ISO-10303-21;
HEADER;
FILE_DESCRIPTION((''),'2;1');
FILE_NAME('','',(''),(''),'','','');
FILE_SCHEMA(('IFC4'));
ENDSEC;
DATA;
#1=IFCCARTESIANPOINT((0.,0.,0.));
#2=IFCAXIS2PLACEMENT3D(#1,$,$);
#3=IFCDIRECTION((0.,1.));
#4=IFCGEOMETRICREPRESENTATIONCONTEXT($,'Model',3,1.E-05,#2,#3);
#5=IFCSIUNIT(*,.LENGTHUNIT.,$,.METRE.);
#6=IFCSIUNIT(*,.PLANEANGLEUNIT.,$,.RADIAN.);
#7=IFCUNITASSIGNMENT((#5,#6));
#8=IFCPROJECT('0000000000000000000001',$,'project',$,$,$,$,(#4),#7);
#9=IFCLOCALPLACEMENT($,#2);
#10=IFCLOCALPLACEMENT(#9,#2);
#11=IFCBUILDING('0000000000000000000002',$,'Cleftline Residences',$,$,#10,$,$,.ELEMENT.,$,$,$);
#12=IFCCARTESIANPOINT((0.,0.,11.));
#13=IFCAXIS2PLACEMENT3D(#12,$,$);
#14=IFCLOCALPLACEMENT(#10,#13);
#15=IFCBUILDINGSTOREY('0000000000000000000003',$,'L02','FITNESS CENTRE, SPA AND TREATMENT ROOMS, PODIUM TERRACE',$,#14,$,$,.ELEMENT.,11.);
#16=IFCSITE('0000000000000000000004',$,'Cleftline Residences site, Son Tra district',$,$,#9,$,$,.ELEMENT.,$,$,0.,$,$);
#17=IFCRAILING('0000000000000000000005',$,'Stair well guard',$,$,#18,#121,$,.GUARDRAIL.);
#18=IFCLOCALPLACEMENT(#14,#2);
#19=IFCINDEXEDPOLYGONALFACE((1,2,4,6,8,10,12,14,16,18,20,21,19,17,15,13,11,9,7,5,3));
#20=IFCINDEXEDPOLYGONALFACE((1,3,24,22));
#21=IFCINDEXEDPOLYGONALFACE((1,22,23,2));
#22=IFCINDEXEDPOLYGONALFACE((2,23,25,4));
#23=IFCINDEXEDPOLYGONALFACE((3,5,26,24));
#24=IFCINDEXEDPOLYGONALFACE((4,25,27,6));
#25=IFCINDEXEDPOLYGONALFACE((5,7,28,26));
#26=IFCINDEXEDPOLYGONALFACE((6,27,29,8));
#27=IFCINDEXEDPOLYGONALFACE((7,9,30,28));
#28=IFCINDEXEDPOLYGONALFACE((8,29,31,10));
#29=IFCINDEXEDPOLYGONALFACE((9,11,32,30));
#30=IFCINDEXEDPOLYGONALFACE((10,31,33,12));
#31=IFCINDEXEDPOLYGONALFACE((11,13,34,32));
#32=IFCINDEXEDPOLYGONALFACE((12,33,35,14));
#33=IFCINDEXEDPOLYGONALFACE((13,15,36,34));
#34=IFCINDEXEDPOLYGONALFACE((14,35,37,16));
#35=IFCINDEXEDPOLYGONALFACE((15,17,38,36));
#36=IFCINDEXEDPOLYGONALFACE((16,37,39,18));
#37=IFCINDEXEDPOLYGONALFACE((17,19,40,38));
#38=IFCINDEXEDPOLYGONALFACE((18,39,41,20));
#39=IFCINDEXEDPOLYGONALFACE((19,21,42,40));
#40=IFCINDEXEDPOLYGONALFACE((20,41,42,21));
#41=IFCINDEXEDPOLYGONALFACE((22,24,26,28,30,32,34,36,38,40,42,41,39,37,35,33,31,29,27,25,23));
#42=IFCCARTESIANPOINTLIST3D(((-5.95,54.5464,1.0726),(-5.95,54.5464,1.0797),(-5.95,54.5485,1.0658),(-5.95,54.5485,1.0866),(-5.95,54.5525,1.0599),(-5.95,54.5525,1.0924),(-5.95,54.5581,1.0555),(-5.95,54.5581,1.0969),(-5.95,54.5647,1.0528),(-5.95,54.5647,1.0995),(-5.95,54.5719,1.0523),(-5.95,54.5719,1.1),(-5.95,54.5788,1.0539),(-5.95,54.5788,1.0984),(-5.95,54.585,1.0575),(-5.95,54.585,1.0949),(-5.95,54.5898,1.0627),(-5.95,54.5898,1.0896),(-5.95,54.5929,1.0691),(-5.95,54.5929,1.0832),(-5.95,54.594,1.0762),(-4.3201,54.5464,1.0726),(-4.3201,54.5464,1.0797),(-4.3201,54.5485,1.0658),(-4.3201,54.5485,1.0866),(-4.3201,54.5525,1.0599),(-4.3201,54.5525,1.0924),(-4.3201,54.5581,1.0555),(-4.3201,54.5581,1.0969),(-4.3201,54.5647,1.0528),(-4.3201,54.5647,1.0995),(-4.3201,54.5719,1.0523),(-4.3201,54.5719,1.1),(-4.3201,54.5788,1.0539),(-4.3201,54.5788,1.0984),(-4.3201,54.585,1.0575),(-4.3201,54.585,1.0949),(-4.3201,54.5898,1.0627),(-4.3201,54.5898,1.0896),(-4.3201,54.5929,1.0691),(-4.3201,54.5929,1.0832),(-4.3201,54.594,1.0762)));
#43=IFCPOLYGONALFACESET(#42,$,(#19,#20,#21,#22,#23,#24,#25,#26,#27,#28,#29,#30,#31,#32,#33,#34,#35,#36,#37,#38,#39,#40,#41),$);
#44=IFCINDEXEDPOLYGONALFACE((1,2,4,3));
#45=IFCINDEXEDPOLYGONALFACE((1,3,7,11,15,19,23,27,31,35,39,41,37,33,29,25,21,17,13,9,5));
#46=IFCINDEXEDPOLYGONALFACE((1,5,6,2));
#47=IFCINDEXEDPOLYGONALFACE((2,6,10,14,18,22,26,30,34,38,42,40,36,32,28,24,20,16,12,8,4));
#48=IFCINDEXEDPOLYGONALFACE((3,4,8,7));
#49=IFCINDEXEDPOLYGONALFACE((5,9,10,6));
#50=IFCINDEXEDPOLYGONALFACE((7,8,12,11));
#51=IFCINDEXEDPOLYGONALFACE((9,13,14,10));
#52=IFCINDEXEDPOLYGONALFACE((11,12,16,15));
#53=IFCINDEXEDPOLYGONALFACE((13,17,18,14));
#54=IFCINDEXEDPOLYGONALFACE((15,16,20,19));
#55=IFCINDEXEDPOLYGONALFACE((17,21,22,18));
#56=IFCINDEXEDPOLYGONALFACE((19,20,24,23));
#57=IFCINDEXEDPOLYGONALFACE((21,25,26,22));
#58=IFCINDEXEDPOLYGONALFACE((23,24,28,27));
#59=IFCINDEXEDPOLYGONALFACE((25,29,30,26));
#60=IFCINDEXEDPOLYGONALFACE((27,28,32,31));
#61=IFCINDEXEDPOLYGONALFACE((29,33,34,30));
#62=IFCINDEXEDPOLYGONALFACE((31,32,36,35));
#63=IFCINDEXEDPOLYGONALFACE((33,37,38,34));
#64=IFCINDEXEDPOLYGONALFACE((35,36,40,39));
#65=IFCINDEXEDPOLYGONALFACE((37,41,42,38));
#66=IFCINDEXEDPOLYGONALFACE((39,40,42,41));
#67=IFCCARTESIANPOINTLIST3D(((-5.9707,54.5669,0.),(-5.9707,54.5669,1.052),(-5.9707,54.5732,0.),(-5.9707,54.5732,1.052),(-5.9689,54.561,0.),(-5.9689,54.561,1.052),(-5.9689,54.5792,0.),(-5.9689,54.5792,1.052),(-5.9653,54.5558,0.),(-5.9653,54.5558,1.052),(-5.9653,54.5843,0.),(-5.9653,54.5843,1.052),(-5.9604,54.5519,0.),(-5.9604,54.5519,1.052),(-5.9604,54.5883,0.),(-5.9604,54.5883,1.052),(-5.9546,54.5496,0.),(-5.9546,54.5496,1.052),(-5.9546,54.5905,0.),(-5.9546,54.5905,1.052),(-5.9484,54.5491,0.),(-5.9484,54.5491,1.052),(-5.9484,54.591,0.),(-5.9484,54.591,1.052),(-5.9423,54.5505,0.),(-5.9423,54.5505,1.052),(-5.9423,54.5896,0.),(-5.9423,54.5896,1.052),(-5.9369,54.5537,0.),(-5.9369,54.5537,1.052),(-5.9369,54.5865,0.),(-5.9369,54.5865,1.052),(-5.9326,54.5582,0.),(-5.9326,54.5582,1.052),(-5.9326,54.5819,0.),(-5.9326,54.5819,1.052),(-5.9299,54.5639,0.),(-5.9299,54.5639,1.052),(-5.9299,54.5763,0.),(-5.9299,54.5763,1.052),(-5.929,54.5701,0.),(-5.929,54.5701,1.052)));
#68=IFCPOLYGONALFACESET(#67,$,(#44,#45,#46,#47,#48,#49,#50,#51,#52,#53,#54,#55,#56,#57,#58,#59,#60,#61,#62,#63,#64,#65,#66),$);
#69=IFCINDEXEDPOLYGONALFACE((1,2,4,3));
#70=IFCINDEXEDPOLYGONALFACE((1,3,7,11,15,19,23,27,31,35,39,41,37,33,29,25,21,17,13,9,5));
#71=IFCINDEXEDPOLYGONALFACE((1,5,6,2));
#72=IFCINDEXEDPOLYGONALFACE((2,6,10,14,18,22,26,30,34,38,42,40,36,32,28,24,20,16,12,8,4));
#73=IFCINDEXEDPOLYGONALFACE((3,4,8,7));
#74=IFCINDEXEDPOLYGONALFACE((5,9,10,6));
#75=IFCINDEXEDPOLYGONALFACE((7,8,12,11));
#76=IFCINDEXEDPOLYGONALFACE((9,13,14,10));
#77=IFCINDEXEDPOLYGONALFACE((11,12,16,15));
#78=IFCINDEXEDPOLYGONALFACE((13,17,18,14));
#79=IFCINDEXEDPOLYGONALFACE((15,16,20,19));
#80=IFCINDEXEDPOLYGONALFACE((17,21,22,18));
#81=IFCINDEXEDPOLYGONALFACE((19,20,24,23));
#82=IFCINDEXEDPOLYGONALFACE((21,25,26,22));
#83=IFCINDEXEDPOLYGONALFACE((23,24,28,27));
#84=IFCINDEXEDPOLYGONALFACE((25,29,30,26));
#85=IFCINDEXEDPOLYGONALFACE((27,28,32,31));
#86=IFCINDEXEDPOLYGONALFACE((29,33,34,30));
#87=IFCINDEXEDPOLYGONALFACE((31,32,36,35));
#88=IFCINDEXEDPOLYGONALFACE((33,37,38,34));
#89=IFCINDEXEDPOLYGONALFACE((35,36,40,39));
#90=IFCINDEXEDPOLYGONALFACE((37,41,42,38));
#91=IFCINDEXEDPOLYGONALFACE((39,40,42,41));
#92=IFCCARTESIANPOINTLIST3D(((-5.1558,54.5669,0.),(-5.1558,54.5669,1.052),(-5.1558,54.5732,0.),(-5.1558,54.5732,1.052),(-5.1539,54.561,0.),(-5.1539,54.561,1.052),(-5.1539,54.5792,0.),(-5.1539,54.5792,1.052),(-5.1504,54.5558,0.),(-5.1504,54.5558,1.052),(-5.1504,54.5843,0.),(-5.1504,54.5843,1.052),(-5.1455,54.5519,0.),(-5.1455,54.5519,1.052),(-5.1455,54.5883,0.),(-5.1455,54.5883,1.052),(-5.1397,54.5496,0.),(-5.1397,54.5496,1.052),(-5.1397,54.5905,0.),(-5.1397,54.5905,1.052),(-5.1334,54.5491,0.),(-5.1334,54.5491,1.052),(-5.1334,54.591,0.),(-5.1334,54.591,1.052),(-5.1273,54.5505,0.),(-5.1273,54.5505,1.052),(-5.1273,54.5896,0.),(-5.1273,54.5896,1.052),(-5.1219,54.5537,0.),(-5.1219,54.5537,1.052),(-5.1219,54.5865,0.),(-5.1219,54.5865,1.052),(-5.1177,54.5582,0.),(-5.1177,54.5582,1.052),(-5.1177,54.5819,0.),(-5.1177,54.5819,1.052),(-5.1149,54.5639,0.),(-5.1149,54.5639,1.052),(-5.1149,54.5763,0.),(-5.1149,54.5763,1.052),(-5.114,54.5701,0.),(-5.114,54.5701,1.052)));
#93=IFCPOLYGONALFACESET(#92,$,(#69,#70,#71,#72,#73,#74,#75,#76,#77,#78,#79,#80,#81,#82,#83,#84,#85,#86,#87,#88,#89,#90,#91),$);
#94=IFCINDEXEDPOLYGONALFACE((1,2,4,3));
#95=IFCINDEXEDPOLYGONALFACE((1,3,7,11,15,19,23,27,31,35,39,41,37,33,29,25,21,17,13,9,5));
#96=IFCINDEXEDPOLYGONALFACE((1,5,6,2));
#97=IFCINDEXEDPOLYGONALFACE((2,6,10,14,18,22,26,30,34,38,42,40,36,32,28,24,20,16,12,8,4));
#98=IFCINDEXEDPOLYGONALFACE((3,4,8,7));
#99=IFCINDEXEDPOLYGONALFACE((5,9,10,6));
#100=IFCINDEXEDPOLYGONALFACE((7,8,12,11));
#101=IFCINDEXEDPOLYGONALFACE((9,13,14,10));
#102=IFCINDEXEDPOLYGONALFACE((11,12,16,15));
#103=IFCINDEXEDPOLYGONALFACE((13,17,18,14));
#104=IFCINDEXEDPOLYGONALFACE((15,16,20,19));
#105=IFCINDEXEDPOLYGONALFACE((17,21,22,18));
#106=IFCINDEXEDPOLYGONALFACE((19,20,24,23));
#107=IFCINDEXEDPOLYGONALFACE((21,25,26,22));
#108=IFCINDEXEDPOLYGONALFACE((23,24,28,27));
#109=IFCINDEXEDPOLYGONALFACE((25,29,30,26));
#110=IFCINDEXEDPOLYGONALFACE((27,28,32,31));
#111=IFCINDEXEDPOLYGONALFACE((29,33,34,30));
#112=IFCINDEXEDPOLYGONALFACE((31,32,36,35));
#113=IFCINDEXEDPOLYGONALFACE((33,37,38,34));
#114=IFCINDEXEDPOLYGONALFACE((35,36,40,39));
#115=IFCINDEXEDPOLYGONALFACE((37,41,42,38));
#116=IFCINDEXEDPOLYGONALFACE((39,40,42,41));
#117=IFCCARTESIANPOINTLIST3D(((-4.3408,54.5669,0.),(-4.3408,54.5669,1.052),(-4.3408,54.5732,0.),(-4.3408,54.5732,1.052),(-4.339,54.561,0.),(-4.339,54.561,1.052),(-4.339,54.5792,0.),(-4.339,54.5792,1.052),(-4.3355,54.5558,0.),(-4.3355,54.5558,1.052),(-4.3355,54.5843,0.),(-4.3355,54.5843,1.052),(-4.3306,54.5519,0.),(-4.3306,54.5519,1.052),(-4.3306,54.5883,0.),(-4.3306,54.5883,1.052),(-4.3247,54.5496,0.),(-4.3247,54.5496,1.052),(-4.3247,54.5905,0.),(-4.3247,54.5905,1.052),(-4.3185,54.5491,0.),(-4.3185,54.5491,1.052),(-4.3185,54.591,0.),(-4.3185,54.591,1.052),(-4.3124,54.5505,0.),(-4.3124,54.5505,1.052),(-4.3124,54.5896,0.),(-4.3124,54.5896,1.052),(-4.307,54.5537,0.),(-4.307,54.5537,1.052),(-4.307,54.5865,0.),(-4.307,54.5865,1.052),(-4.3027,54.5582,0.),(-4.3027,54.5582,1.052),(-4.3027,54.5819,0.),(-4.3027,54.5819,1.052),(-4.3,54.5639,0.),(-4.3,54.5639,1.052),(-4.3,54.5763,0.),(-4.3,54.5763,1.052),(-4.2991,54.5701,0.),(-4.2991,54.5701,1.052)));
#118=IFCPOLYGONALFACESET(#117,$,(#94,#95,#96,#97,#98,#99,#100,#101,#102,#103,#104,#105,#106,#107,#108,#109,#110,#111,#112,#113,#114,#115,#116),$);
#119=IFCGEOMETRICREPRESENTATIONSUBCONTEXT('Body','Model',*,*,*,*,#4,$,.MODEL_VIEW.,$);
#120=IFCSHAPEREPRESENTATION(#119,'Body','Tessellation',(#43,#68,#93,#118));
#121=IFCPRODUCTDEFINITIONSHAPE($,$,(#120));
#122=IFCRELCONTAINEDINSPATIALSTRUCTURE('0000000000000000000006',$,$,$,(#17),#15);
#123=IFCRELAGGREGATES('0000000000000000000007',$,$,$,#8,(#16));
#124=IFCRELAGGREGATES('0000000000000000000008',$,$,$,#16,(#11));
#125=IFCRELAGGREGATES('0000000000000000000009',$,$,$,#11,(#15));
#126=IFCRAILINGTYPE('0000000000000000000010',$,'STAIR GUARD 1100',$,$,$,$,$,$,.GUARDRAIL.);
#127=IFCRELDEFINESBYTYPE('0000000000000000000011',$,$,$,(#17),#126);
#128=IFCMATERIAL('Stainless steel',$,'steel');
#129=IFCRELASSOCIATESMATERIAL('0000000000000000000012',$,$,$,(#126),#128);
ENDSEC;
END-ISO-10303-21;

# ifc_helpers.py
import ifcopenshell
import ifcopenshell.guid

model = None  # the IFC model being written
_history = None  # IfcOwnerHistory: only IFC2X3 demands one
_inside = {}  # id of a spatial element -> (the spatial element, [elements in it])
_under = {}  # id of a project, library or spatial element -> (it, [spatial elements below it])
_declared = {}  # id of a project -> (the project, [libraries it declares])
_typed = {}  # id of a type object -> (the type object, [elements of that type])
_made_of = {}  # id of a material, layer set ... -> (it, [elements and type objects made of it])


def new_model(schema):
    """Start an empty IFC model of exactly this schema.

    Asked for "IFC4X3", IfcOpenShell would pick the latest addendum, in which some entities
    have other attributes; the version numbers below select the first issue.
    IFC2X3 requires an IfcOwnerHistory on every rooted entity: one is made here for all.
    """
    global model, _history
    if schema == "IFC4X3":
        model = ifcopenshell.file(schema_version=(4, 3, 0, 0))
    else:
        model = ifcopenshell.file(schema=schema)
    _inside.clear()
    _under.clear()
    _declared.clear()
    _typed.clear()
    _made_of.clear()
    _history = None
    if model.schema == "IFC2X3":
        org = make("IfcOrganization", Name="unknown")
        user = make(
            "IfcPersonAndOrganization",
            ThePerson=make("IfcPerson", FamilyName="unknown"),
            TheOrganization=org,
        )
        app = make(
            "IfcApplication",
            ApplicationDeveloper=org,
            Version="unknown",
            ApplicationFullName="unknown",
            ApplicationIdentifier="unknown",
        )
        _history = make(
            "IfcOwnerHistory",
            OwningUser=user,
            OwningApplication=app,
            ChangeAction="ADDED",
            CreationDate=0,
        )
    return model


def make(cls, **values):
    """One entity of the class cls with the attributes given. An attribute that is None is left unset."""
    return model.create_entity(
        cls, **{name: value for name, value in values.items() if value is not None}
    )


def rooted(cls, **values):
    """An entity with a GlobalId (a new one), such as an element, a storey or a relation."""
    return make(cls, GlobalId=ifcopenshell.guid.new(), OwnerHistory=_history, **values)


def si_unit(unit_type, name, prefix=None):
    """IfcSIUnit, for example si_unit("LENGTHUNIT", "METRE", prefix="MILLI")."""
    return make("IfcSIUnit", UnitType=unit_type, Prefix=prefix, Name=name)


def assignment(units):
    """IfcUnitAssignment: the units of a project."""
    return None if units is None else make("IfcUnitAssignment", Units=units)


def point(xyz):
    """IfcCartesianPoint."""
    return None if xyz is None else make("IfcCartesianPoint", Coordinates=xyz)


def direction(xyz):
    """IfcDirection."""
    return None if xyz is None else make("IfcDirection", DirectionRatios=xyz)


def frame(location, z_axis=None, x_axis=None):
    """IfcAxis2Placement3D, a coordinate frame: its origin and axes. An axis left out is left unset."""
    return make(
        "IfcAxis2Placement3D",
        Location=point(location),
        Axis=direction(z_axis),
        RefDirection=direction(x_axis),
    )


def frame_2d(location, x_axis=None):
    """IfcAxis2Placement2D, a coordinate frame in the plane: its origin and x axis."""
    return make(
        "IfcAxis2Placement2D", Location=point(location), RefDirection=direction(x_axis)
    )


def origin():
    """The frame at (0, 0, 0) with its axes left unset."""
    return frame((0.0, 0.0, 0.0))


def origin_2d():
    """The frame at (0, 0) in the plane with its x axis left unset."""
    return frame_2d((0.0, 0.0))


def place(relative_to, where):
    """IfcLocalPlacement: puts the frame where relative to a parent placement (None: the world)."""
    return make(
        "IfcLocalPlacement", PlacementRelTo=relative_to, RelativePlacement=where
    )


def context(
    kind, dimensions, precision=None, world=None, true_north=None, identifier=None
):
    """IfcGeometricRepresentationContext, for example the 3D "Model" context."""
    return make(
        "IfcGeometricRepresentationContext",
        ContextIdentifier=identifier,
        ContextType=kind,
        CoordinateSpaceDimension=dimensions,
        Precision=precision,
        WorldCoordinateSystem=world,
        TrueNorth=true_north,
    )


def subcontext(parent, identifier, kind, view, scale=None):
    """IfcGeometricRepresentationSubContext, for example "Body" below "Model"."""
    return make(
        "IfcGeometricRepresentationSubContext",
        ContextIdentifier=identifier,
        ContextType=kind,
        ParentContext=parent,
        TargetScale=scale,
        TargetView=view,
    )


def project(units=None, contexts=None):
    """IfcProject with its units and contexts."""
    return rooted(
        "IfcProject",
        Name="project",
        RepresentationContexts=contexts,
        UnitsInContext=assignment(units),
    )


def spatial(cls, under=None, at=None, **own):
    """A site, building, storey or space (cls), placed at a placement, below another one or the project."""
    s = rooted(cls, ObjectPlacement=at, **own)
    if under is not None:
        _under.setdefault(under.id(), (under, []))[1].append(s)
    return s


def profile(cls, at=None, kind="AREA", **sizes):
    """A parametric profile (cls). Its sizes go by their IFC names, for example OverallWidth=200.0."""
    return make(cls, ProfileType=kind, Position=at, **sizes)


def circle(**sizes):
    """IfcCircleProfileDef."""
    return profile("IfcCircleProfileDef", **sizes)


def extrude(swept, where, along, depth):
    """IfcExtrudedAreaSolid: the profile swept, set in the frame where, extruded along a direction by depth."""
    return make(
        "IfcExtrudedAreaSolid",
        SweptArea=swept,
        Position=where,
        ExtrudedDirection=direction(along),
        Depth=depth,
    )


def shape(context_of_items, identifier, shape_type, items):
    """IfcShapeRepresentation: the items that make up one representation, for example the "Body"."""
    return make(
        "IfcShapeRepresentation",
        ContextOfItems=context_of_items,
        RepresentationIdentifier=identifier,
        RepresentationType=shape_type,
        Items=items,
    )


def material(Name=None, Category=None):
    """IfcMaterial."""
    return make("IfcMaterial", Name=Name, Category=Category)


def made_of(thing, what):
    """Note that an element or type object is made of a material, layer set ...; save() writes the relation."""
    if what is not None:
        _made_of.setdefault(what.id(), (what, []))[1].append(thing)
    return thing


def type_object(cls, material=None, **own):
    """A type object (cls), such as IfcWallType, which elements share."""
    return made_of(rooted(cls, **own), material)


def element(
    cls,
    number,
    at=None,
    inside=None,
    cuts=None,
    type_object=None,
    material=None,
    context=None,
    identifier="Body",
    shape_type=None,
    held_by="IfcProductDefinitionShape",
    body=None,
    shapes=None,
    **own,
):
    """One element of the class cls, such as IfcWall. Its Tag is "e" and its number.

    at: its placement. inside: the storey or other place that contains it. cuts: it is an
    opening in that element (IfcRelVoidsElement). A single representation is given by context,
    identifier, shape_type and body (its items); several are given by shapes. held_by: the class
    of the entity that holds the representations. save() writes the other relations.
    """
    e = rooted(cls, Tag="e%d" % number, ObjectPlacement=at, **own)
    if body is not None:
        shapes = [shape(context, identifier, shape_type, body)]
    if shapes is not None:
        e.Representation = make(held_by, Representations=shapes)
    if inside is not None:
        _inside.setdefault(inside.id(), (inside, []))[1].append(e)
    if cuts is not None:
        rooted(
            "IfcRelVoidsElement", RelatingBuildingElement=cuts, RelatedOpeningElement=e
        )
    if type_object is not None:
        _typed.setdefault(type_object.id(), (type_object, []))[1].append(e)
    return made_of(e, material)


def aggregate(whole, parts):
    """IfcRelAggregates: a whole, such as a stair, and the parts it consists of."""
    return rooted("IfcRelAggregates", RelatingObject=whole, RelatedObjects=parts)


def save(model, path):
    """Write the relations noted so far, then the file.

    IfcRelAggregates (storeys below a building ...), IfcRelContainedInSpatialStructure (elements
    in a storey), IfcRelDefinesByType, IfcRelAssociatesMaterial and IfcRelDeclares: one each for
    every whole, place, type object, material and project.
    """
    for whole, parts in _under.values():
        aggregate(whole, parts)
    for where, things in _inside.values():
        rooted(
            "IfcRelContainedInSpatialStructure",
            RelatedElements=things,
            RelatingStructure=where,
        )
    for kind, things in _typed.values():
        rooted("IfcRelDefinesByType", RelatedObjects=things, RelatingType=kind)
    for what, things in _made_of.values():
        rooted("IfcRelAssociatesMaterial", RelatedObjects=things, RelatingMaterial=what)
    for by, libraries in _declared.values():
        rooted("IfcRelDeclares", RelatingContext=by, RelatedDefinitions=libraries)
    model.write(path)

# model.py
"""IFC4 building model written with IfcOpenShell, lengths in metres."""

from ifc_helpers import new_model, si_unit, direction, frame, origin, origin_2d, place, context, subcontext, project, spatial, circle, extrude, material, type_object, element, save


model = new_model("IFC4")

# Units and contexts
model_context = context("Model", 3, precision=1e-05, world=origin(), true_north=direction((0.0, 1.0)))
body_context = subcontext(model_context, "Body", "Model", "MODEL_VIEW")
ifc_project = project(units=[si_unit("LENGTHUNIT", "METRE"), si_unit("PLANEANGLEUNIT", "RADIAN")], contexts=[model_context])

# Site, building, storey
site_placement = place(None, origin())
site = spatial("IfcSite", under=ifc_project, at=site_placement, Name="Cleftline Residences site, Son Tra district", CompositionType="ELEMENT", RefElevation=0.0)
building_placement = place(site_placement, origin())
building = spatial("IfcBuilding", under=site, at=building_placement, Name="Cleftline Residences", CompositionType="ELEMENT")
storey_placement = place(building_placement, frame((0.0, 0.0, 11.0)))
storey = spatial("IfcBuildingStorey", under=building, at=storey_placement, Name="L02", Description="FITNESS CENTRE, SPA AND TREATMENT ROOMS, PODIUM TERRACE", CompositionType="ELEMENT", Elevation=11.0)

# Railing
ifc_material_1 = material(Name="Stainless steel", Category="steel")
railing_type = type_object("IfcRailingType", Name="STAIR GUARD 1100", PredefinedType="GUARDRAIL", material=ifc_material_1)
railing_placement = place(storey_placement, frame((-5.95, 54.5701, 0.0)))
element("IfcRailing", 1, at=railing_placement, inside=storey, type_object=railing_type, Name="Stair well guard", PredefinedType="GUARDRAIL", context=body_context, shape_type="SweptSolid", body=[
    extrude(circle(Radius=0.0239, at=origin_2d()), frame((0.0, 0.0, 1.0762), z_axis=(1.0, 0.0, 0.0), x_axis=(0.0, 1.0, 0.0)), (0.0, 0.0, 1.0), 1.6299),
    extrude(circle(Radius=0.021, at=origin_2d()), origin(), (0.0, 0.0, 1.0), 1.052),
    extrude(circle(Radius=0.021, at=origin_2d()), frame((0.8149, 0.0, 0.0)), (0.0, 0.0, 1.0), 1.052),
    extrude(circle(Radius=0.021, at=origin_2d()), frame((1.6299, 0.0, 0.0)), (0.0, 0.0, 1.0), 1.052),
])

save(model, "model.ifc")
